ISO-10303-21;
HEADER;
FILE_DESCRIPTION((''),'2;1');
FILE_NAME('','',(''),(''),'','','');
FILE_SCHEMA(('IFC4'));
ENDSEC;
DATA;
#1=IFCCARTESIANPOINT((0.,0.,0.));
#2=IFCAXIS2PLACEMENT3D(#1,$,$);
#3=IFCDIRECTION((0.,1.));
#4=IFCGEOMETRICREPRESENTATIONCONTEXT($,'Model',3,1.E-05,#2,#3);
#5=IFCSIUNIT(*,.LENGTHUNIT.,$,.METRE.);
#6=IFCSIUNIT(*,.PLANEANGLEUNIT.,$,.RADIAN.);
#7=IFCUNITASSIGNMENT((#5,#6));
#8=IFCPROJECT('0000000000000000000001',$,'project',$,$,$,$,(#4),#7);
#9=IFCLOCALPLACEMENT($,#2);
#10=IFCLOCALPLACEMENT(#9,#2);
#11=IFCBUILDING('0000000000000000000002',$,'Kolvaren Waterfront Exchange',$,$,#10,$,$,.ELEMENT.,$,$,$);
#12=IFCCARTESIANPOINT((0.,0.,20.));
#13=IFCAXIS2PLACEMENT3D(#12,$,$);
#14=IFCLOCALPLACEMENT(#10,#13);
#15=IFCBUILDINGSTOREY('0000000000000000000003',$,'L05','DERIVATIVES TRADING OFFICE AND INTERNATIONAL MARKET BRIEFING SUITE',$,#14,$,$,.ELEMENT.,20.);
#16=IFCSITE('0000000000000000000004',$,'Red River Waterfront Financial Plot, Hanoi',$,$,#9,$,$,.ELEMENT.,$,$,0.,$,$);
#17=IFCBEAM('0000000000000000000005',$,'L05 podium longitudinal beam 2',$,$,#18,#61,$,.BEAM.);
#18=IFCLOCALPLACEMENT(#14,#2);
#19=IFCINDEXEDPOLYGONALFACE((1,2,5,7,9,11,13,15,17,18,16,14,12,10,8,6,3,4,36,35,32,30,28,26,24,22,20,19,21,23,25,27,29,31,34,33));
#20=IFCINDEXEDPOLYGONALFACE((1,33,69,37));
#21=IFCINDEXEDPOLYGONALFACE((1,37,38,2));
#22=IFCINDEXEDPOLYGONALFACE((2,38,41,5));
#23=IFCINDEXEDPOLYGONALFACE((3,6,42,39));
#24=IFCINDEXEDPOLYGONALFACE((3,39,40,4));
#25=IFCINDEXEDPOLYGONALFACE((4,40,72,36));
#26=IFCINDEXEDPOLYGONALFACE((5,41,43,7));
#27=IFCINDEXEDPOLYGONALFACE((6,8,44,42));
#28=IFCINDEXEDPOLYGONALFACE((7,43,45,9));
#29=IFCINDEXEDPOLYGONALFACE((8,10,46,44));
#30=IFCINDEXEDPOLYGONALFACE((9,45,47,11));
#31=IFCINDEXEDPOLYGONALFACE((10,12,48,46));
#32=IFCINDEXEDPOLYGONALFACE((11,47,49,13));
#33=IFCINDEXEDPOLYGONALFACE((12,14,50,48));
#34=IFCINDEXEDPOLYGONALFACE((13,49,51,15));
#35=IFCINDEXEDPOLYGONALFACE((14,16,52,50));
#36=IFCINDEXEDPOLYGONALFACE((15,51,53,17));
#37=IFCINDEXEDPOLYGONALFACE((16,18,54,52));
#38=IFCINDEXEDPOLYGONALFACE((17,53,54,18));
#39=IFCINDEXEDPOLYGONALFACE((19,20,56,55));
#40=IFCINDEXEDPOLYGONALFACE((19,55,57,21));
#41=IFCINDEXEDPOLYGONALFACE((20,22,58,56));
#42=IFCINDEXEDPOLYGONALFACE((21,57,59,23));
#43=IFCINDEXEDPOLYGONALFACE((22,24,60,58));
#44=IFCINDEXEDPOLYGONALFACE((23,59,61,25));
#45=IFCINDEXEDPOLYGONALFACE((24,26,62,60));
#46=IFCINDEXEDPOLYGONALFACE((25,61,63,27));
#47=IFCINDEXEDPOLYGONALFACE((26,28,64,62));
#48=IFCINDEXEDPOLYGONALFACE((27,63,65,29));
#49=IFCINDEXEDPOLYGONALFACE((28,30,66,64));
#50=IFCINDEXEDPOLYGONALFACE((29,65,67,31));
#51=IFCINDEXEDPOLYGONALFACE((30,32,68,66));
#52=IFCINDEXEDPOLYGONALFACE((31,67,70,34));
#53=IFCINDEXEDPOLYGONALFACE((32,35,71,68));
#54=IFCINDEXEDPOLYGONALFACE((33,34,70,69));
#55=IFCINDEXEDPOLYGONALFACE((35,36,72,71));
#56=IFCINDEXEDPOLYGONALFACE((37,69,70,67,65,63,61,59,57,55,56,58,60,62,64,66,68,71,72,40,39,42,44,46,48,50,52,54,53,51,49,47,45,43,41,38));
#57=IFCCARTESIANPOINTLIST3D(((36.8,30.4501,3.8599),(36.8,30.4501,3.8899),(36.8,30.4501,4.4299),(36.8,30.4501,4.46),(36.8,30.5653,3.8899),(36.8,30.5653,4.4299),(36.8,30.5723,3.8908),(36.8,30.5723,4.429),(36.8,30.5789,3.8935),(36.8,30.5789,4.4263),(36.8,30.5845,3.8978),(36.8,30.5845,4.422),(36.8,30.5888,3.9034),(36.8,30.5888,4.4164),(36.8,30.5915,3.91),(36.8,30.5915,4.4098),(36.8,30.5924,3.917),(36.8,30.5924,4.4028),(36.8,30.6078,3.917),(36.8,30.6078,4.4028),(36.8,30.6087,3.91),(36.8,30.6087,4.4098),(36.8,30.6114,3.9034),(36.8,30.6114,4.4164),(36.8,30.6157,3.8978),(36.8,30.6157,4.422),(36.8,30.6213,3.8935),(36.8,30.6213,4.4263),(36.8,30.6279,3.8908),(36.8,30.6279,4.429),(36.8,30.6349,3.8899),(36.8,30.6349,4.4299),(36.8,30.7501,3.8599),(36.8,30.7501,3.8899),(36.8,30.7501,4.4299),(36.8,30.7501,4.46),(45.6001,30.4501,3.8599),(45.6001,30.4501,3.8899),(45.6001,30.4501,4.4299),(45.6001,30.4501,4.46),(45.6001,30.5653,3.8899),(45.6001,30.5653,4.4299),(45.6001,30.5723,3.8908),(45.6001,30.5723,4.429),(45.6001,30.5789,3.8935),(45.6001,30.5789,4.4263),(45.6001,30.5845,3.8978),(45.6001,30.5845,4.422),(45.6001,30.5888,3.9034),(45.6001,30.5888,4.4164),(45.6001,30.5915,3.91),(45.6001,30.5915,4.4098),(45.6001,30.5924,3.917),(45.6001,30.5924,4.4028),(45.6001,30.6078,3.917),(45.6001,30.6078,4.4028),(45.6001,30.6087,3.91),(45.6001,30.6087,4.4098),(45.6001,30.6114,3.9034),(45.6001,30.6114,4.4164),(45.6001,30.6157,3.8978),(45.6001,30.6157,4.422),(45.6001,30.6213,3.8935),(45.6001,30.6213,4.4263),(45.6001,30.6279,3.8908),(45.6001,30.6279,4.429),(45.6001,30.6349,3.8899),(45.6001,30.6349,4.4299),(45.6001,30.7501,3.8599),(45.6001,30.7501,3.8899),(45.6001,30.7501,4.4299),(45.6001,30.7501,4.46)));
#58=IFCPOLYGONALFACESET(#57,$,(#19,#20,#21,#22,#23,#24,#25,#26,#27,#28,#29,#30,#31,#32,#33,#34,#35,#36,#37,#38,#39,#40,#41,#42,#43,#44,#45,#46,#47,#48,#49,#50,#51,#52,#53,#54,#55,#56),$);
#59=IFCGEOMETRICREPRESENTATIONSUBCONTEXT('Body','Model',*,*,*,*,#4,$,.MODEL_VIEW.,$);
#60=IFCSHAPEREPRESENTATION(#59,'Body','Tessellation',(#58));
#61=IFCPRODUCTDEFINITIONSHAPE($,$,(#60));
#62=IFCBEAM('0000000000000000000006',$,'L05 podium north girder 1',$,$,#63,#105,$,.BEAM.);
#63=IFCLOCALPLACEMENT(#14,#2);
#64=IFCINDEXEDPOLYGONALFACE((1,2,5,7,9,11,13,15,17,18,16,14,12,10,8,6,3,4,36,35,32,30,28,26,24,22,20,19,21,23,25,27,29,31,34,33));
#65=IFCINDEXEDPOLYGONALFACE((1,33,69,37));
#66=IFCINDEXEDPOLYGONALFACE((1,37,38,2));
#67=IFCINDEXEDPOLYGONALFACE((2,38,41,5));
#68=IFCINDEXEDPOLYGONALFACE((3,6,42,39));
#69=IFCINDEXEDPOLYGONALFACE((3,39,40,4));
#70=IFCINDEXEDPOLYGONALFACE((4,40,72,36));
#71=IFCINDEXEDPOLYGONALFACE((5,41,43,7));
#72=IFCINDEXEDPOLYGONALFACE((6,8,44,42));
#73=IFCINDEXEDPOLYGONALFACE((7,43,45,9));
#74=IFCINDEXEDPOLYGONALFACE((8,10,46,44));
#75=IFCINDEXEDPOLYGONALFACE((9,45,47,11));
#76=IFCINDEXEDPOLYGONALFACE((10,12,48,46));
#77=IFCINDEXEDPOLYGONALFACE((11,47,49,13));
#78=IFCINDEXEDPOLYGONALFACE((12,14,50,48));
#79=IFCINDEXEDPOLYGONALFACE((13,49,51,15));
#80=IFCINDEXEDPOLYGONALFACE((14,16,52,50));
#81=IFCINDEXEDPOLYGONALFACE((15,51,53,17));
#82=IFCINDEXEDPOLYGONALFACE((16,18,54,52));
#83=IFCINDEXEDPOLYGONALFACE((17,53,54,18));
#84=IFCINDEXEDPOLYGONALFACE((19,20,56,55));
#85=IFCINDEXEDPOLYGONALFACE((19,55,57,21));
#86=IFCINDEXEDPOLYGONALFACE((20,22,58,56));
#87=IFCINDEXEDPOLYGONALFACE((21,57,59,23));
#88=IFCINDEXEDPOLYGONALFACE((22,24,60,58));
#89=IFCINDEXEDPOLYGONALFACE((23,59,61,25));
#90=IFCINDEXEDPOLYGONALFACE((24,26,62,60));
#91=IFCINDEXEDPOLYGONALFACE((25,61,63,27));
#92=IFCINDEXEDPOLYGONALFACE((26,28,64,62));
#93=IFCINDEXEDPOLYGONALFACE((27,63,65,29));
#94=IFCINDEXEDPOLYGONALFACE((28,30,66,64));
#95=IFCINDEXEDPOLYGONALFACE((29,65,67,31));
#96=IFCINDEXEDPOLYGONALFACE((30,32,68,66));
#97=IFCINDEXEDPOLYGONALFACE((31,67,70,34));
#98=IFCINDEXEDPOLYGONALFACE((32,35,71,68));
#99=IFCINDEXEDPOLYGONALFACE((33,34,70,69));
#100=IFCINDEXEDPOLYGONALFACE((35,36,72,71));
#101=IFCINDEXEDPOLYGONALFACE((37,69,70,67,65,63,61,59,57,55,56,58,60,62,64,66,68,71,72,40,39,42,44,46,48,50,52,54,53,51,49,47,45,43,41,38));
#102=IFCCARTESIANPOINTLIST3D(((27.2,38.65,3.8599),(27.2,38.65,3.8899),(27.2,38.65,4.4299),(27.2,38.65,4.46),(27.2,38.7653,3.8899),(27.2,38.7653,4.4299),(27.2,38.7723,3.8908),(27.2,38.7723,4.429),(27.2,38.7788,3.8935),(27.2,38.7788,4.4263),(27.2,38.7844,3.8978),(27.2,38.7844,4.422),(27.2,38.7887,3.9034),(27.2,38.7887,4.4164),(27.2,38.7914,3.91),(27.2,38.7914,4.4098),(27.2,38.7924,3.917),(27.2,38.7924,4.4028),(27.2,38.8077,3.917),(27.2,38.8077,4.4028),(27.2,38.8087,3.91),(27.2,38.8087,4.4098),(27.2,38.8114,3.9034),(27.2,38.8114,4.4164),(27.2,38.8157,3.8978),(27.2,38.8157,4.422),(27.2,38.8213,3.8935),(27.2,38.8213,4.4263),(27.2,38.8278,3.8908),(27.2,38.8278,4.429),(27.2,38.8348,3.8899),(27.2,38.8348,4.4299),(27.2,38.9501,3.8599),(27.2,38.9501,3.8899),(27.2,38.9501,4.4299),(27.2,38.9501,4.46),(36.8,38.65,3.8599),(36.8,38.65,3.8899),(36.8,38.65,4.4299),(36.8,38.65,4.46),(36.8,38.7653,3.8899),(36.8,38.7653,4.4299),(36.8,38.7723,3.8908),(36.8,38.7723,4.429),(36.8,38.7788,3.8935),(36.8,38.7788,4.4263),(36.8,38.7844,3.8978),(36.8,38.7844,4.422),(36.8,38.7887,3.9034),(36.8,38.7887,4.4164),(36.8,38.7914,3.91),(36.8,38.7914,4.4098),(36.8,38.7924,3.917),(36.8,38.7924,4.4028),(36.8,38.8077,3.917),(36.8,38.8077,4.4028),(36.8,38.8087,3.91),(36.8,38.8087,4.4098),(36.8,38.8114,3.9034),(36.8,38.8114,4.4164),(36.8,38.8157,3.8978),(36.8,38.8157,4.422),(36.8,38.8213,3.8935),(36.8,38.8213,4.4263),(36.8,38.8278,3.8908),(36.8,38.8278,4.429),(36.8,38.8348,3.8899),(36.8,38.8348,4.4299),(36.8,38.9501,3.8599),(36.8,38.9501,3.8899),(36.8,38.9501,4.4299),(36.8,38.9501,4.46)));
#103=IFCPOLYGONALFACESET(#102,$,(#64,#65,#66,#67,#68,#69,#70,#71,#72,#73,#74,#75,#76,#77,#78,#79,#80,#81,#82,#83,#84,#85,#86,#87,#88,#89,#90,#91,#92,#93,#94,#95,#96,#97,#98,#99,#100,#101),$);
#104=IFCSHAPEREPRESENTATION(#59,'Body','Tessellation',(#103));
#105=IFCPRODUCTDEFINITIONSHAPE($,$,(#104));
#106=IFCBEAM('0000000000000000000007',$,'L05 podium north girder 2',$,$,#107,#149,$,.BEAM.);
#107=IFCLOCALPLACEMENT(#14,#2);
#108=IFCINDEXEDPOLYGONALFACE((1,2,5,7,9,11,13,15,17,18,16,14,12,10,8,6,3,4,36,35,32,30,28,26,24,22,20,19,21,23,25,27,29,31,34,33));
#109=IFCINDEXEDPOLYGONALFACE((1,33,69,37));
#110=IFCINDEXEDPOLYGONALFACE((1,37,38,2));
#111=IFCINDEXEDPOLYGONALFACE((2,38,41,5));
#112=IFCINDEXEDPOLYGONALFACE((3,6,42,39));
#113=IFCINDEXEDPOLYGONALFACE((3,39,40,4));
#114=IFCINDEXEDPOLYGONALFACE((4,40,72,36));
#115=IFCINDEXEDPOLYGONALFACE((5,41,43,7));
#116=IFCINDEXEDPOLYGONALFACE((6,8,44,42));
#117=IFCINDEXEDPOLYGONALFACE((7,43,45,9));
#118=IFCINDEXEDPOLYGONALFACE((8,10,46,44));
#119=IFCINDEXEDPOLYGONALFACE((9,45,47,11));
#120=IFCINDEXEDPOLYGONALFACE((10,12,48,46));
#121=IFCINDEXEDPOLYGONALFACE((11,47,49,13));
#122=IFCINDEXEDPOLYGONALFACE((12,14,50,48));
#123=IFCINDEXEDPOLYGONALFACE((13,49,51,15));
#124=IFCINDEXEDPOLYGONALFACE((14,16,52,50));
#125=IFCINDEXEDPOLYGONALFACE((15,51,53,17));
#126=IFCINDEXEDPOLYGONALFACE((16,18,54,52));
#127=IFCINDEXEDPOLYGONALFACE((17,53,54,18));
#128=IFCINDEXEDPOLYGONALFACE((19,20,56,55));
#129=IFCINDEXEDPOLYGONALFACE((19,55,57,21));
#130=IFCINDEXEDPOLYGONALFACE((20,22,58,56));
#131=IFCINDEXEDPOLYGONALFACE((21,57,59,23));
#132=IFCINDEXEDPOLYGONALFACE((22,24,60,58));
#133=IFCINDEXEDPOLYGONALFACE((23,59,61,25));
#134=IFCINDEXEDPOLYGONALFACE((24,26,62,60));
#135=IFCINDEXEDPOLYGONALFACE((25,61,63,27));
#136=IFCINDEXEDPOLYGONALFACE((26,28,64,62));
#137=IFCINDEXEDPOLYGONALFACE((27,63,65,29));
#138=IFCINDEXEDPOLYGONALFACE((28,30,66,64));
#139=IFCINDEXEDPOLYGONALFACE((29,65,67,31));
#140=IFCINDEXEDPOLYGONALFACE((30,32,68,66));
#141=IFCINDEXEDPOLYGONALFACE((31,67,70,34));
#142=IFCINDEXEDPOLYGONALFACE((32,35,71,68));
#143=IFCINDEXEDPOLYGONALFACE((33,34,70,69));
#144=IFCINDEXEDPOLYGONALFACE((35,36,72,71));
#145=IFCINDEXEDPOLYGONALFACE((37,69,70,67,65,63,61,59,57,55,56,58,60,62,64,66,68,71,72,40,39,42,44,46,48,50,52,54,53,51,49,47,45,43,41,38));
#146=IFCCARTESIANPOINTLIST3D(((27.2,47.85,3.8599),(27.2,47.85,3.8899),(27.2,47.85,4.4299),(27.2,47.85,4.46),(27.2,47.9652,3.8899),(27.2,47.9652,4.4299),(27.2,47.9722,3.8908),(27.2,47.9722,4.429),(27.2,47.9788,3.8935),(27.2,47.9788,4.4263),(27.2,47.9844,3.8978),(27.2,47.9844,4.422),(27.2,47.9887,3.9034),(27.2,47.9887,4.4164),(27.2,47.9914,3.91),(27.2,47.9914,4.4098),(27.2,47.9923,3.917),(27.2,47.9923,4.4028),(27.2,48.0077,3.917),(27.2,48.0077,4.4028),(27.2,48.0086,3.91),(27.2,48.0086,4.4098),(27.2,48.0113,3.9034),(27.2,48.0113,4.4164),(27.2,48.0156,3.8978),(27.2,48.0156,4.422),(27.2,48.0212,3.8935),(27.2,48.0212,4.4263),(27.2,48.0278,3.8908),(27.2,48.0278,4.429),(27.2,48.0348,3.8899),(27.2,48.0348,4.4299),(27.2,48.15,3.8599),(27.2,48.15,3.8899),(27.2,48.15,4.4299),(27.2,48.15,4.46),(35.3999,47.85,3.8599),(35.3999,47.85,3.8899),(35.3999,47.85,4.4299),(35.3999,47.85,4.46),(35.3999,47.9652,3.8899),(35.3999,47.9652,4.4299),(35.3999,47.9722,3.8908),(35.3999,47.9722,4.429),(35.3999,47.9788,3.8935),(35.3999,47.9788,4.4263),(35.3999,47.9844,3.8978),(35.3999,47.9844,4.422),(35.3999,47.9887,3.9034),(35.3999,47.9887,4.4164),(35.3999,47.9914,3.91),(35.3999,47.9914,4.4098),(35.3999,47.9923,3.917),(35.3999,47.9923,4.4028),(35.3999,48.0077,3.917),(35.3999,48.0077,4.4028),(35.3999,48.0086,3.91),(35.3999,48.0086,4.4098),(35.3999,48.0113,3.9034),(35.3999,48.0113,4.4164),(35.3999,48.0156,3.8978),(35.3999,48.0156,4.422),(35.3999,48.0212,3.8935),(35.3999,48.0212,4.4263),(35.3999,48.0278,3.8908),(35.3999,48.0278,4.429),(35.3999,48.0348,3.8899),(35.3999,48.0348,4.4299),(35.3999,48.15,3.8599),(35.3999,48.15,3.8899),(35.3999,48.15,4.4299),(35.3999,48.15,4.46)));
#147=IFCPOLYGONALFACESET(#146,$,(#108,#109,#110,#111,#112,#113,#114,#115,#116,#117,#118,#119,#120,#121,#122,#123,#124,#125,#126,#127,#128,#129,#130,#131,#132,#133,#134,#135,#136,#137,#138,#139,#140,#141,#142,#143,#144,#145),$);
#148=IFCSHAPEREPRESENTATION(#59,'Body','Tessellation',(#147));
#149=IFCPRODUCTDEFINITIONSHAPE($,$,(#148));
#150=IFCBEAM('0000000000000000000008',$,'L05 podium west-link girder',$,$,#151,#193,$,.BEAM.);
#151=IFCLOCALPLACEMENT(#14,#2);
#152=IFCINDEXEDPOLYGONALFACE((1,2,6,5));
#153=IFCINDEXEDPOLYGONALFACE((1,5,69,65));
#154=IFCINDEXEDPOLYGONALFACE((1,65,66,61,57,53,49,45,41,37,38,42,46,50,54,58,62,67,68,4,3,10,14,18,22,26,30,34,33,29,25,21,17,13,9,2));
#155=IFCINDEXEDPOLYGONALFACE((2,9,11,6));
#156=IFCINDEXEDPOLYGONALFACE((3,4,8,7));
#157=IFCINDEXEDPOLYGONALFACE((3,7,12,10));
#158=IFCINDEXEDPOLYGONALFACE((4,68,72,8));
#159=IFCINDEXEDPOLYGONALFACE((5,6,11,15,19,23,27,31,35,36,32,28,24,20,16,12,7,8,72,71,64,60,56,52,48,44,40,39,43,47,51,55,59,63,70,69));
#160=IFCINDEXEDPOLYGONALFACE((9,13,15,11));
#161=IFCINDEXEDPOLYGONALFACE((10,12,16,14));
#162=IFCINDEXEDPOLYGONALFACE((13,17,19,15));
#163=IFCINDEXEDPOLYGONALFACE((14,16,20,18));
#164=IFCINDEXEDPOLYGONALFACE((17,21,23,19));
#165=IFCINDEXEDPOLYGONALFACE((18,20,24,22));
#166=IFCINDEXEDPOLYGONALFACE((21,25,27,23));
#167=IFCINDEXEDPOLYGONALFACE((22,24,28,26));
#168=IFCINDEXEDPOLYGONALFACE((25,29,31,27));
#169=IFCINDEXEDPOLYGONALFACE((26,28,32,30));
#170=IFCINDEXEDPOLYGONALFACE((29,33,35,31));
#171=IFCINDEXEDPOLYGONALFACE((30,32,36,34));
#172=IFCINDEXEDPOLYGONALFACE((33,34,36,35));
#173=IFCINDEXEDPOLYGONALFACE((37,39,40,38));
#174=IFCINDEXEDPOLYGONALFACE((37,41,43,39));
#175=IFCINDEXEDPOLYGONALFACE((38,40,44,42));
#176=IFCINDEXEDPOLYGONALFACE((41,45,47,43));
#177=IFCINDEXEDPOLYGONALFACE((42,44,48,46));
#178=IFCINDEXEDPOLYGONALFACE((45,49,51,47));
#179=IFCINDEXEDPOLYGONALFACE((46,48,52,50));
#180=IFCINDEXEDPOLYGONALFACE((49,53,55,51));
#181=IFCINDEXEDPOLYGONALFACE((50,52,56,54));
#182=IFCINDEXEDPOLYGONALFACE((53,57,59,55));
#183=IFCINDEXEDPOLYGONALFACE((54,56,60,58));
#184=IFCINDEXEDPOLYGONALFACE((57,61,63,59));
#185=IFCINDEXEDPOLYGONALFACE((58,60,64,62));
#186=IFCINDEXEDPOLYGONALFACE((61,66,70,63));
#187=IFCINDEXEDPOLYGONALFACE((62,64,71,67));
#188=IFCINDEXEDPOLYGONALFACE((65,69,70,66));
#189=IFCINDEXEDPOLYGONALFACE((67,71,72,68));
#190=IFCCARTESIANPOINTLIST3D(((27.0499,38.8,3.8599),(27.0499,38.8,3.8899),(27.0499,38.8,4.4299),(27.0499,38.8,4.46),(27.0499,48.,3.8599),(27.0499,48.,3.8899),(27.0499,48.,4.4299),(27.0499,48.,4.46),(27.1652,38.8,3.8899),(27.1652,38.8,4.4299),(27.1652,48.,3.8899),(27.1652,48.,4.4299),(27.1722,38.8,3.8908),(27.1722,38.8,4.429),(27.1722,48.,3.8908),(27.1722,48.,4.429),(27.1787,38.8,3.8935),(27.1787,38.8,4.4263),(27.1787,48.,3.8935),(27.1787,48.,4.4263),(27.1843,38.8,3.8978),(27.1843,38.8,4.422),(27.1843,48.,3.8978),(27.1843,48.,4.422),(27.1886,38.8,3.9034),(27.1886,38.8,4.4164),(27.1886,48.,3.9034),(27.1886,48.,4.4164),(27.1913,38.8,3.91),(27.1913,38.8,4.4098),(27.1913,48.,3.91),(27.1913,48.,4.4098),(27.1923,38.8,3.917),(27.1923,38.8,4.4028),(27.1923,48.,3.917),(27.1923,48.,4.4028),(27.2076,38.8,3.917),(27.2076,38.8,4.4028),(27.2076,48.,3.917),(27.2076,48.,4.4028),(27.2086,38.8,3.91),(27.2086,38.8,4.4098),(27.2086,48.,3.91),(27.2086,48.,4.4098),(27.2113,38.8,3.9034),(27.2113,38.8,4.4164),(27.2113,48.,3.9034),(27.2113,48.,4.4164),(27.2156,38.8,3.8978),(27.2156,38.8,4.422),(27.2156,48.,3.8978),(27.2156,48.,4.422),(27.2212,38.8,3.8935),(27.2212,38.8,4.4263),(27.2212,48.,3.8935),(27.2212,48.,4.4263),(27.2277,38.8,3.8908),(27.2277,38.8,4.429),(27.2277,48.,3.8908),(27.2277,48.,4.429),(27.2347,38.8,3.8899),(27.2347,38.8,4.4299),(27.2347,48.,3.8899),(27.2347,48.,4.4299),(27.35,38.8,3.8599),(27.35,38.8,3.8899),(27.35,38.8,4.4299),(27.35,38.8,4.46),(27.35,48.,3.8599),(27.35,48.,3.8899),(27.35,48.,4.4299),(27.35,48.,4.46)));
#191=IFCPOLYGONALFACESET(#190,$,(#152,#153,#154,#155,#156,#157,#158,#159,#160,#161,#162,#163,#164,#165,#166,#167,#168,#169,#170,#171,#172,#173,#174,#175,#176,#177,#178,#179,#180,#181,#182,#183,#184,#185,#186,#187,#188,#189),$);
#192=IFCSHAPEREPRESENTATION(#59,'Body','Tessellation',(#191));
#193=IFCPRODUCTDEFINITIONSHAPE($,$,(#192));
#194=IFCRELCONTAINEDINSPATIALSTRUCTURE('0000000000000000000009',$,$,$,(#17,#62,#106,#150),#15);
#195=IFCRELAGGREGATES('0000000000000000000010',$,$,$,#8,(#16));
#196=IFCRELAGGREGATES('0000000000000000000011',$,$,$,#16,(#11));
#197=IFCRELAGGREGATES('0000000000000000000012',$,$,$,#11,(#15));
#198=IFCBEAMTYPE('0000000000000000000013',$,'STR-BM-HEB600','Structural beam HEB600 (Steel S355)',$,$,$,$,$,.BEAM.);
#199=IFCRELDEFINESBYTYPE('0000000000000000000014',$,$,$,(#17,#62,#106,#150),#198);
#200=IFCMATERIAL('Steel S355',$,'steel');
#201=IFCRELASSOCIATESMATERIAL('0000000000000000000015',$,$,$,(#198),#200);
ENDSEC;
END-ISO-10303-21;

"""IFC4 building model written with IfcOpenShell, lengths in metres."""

from ifc_helpers import new_model, si_unit, direction, frame, origin, origin_2d, place, context, subcontext, project, spatial, i_section, extrude, material, material_profile, profile_set, type_object, element, save


model = new_model("IFC4")

# Units and contexts
model_context = context("Model", 3, precision=1e-05, world=origin(), true_north=direction((0.0, 1.0)))
body_context = subcontext(model_context, "Body", "Model", "MODEL_VIEW")
ifc_project = project(units=[si_unit("LENGTHUNIT", "METRE"), si_unit("PLANEANGLEUNIT", "RADIAN")], contexts=[model_context])

# Site, building, storey
site_placement = place(None, origin())
site = spatial("IfcSite", under=ifc_project, at=site_placement, Name="Red River Waterfront Financial Plot, Hanoi", CompositionType="ELEMENT", RefElevation=0.0)
building_placement = place(site_placement, origin())
building = spatial("IfcBuilding", under=site, at=building_placement, Name="Kolvaren Waterfront Exchange", CompositionType="ELEMENT")
storey_placement = place(building_placement, frame((0.0, 0.0, 20.0)))
storey = spatial("IfcBuildingStorey", under=building, at=storey_placement, Name="L05", Description="DERIVATIVES TRADING OFFICE AND INTERNATIONAL MARKET BRIEFING SUITE", CompositionType="ELEMENT", Elevation=20.0)

# Beams
ifc_material_1 = material(Name="Steel S355", Category="steel")
ifc_material_profile_1 = material_profile(ifc_material_1, i_section(OverallWidth=0.3, OverallDepth=0.6001, WebThickness=0.0154, FlangeThickness=0.03, FilletRadius=0.0271, at=origin_2d()), Name="HEB600")
ifc_profile_set_1 = profile_set([ifc_material_profile_1], Name="Steel S355")
beam_type_1 = type_object("IfcBeamType", Name="STR-BM-HEB600", Description="Structural beam HEB600 (Steel S355)", PredefinedType="BEAM", material=ifc_profile_set_1)
beam_1_placement = place(storey_placement, frame((36.8, 30.6001, 4.1599), z_axis=(1.0, 0.0, 0.0), x_axis=(0.0, 1.0, 0.0)))
element("IfcBeam", 1, at=beam_1_placement, inside=storey, type_object=beam_type_1, Name="L05 podium longitudinal beam 2", PredefinedType="BEAM", context=body_context, shape_type="SweptSolid", body=[
    extrude(i_section(OverallWidth=0.3, OverallDepth=0.6001, WebThickness=0.0154, FlangeThickness=0.03, FilletRadius=0.0271, at=origin_2d()), origin(), (0.0, 0.0, 1.0), 8.8),
])
beam_2_placement = place(storey_placement, frame((27.2, 38.8, 4.1599), z_axis=(1.0, 0.0, 0.0), x_axis=(0.0, 1.0, 0.0)))
element("IfcBeam", 2, at=beam_2_placement, inside=storey, type_object=beam_type_1, Name="L05 podium north girder 1", PredefinedType="BEAM", context=body_context, shape_type="SweptSolid", body=[
    extrude(i_section(OverallWidth=0.3, OverallDepth=0.6001, WebThickness=0.0154, FlangeThickness=0.03, FilletRadius=0.0271, at=origin_2d()), origin(), (0.0, 0.0, 1.0), 9.6001),
])
beam_3_placement = place(storey_placement, frame((27.2, 48.0, 4.1599), z_axis=(1.0, 0.0, 0.0), x_axis=(0.0, 1.0, 0.0)))
element("IfcBeam", 3, at=beam_3_placement, inside=storey, type_object=beam_type_1, Name="L05 podium north girder 2", PredefinedType="BEAM", context=body_context, shape_type="SweptSolid", body=[
    extrude(i_section(OverallWidth=0.3, OverallDepth=0.6001, WebThickness=0.0154, FlangeThickness=0.03, FilletRadius=0.0271, at=origin_2d()), origin(), (0.0, 0.0, 1.0), 8.2),
])
beam_4_placement = place(storey_placement, frame((27.2, 38.8, 4.1599), z_axis=(0.0, 1.0, 0.0), x_axis=(-1.0, 0.0, 0.0)))
element("IfcBeam", 4, at=beam_4_placement, inside=storey, type_object=beam_type_1, Name="L05 podium west-link girder", PredefinedType="BEAM", context=body_context, shape_type="SweptSolid", body=[
    extrude(i_section(OverallWidth=0.3, OverallDepth=0.6001, WebThickness=0.0154, FlangeThickness=0.03, FilletRadius=0.0271, at=origin_2d()), origin(), (0.0, 0.0, 1.0), 9.2),
])

save(model, "model.ifc")
